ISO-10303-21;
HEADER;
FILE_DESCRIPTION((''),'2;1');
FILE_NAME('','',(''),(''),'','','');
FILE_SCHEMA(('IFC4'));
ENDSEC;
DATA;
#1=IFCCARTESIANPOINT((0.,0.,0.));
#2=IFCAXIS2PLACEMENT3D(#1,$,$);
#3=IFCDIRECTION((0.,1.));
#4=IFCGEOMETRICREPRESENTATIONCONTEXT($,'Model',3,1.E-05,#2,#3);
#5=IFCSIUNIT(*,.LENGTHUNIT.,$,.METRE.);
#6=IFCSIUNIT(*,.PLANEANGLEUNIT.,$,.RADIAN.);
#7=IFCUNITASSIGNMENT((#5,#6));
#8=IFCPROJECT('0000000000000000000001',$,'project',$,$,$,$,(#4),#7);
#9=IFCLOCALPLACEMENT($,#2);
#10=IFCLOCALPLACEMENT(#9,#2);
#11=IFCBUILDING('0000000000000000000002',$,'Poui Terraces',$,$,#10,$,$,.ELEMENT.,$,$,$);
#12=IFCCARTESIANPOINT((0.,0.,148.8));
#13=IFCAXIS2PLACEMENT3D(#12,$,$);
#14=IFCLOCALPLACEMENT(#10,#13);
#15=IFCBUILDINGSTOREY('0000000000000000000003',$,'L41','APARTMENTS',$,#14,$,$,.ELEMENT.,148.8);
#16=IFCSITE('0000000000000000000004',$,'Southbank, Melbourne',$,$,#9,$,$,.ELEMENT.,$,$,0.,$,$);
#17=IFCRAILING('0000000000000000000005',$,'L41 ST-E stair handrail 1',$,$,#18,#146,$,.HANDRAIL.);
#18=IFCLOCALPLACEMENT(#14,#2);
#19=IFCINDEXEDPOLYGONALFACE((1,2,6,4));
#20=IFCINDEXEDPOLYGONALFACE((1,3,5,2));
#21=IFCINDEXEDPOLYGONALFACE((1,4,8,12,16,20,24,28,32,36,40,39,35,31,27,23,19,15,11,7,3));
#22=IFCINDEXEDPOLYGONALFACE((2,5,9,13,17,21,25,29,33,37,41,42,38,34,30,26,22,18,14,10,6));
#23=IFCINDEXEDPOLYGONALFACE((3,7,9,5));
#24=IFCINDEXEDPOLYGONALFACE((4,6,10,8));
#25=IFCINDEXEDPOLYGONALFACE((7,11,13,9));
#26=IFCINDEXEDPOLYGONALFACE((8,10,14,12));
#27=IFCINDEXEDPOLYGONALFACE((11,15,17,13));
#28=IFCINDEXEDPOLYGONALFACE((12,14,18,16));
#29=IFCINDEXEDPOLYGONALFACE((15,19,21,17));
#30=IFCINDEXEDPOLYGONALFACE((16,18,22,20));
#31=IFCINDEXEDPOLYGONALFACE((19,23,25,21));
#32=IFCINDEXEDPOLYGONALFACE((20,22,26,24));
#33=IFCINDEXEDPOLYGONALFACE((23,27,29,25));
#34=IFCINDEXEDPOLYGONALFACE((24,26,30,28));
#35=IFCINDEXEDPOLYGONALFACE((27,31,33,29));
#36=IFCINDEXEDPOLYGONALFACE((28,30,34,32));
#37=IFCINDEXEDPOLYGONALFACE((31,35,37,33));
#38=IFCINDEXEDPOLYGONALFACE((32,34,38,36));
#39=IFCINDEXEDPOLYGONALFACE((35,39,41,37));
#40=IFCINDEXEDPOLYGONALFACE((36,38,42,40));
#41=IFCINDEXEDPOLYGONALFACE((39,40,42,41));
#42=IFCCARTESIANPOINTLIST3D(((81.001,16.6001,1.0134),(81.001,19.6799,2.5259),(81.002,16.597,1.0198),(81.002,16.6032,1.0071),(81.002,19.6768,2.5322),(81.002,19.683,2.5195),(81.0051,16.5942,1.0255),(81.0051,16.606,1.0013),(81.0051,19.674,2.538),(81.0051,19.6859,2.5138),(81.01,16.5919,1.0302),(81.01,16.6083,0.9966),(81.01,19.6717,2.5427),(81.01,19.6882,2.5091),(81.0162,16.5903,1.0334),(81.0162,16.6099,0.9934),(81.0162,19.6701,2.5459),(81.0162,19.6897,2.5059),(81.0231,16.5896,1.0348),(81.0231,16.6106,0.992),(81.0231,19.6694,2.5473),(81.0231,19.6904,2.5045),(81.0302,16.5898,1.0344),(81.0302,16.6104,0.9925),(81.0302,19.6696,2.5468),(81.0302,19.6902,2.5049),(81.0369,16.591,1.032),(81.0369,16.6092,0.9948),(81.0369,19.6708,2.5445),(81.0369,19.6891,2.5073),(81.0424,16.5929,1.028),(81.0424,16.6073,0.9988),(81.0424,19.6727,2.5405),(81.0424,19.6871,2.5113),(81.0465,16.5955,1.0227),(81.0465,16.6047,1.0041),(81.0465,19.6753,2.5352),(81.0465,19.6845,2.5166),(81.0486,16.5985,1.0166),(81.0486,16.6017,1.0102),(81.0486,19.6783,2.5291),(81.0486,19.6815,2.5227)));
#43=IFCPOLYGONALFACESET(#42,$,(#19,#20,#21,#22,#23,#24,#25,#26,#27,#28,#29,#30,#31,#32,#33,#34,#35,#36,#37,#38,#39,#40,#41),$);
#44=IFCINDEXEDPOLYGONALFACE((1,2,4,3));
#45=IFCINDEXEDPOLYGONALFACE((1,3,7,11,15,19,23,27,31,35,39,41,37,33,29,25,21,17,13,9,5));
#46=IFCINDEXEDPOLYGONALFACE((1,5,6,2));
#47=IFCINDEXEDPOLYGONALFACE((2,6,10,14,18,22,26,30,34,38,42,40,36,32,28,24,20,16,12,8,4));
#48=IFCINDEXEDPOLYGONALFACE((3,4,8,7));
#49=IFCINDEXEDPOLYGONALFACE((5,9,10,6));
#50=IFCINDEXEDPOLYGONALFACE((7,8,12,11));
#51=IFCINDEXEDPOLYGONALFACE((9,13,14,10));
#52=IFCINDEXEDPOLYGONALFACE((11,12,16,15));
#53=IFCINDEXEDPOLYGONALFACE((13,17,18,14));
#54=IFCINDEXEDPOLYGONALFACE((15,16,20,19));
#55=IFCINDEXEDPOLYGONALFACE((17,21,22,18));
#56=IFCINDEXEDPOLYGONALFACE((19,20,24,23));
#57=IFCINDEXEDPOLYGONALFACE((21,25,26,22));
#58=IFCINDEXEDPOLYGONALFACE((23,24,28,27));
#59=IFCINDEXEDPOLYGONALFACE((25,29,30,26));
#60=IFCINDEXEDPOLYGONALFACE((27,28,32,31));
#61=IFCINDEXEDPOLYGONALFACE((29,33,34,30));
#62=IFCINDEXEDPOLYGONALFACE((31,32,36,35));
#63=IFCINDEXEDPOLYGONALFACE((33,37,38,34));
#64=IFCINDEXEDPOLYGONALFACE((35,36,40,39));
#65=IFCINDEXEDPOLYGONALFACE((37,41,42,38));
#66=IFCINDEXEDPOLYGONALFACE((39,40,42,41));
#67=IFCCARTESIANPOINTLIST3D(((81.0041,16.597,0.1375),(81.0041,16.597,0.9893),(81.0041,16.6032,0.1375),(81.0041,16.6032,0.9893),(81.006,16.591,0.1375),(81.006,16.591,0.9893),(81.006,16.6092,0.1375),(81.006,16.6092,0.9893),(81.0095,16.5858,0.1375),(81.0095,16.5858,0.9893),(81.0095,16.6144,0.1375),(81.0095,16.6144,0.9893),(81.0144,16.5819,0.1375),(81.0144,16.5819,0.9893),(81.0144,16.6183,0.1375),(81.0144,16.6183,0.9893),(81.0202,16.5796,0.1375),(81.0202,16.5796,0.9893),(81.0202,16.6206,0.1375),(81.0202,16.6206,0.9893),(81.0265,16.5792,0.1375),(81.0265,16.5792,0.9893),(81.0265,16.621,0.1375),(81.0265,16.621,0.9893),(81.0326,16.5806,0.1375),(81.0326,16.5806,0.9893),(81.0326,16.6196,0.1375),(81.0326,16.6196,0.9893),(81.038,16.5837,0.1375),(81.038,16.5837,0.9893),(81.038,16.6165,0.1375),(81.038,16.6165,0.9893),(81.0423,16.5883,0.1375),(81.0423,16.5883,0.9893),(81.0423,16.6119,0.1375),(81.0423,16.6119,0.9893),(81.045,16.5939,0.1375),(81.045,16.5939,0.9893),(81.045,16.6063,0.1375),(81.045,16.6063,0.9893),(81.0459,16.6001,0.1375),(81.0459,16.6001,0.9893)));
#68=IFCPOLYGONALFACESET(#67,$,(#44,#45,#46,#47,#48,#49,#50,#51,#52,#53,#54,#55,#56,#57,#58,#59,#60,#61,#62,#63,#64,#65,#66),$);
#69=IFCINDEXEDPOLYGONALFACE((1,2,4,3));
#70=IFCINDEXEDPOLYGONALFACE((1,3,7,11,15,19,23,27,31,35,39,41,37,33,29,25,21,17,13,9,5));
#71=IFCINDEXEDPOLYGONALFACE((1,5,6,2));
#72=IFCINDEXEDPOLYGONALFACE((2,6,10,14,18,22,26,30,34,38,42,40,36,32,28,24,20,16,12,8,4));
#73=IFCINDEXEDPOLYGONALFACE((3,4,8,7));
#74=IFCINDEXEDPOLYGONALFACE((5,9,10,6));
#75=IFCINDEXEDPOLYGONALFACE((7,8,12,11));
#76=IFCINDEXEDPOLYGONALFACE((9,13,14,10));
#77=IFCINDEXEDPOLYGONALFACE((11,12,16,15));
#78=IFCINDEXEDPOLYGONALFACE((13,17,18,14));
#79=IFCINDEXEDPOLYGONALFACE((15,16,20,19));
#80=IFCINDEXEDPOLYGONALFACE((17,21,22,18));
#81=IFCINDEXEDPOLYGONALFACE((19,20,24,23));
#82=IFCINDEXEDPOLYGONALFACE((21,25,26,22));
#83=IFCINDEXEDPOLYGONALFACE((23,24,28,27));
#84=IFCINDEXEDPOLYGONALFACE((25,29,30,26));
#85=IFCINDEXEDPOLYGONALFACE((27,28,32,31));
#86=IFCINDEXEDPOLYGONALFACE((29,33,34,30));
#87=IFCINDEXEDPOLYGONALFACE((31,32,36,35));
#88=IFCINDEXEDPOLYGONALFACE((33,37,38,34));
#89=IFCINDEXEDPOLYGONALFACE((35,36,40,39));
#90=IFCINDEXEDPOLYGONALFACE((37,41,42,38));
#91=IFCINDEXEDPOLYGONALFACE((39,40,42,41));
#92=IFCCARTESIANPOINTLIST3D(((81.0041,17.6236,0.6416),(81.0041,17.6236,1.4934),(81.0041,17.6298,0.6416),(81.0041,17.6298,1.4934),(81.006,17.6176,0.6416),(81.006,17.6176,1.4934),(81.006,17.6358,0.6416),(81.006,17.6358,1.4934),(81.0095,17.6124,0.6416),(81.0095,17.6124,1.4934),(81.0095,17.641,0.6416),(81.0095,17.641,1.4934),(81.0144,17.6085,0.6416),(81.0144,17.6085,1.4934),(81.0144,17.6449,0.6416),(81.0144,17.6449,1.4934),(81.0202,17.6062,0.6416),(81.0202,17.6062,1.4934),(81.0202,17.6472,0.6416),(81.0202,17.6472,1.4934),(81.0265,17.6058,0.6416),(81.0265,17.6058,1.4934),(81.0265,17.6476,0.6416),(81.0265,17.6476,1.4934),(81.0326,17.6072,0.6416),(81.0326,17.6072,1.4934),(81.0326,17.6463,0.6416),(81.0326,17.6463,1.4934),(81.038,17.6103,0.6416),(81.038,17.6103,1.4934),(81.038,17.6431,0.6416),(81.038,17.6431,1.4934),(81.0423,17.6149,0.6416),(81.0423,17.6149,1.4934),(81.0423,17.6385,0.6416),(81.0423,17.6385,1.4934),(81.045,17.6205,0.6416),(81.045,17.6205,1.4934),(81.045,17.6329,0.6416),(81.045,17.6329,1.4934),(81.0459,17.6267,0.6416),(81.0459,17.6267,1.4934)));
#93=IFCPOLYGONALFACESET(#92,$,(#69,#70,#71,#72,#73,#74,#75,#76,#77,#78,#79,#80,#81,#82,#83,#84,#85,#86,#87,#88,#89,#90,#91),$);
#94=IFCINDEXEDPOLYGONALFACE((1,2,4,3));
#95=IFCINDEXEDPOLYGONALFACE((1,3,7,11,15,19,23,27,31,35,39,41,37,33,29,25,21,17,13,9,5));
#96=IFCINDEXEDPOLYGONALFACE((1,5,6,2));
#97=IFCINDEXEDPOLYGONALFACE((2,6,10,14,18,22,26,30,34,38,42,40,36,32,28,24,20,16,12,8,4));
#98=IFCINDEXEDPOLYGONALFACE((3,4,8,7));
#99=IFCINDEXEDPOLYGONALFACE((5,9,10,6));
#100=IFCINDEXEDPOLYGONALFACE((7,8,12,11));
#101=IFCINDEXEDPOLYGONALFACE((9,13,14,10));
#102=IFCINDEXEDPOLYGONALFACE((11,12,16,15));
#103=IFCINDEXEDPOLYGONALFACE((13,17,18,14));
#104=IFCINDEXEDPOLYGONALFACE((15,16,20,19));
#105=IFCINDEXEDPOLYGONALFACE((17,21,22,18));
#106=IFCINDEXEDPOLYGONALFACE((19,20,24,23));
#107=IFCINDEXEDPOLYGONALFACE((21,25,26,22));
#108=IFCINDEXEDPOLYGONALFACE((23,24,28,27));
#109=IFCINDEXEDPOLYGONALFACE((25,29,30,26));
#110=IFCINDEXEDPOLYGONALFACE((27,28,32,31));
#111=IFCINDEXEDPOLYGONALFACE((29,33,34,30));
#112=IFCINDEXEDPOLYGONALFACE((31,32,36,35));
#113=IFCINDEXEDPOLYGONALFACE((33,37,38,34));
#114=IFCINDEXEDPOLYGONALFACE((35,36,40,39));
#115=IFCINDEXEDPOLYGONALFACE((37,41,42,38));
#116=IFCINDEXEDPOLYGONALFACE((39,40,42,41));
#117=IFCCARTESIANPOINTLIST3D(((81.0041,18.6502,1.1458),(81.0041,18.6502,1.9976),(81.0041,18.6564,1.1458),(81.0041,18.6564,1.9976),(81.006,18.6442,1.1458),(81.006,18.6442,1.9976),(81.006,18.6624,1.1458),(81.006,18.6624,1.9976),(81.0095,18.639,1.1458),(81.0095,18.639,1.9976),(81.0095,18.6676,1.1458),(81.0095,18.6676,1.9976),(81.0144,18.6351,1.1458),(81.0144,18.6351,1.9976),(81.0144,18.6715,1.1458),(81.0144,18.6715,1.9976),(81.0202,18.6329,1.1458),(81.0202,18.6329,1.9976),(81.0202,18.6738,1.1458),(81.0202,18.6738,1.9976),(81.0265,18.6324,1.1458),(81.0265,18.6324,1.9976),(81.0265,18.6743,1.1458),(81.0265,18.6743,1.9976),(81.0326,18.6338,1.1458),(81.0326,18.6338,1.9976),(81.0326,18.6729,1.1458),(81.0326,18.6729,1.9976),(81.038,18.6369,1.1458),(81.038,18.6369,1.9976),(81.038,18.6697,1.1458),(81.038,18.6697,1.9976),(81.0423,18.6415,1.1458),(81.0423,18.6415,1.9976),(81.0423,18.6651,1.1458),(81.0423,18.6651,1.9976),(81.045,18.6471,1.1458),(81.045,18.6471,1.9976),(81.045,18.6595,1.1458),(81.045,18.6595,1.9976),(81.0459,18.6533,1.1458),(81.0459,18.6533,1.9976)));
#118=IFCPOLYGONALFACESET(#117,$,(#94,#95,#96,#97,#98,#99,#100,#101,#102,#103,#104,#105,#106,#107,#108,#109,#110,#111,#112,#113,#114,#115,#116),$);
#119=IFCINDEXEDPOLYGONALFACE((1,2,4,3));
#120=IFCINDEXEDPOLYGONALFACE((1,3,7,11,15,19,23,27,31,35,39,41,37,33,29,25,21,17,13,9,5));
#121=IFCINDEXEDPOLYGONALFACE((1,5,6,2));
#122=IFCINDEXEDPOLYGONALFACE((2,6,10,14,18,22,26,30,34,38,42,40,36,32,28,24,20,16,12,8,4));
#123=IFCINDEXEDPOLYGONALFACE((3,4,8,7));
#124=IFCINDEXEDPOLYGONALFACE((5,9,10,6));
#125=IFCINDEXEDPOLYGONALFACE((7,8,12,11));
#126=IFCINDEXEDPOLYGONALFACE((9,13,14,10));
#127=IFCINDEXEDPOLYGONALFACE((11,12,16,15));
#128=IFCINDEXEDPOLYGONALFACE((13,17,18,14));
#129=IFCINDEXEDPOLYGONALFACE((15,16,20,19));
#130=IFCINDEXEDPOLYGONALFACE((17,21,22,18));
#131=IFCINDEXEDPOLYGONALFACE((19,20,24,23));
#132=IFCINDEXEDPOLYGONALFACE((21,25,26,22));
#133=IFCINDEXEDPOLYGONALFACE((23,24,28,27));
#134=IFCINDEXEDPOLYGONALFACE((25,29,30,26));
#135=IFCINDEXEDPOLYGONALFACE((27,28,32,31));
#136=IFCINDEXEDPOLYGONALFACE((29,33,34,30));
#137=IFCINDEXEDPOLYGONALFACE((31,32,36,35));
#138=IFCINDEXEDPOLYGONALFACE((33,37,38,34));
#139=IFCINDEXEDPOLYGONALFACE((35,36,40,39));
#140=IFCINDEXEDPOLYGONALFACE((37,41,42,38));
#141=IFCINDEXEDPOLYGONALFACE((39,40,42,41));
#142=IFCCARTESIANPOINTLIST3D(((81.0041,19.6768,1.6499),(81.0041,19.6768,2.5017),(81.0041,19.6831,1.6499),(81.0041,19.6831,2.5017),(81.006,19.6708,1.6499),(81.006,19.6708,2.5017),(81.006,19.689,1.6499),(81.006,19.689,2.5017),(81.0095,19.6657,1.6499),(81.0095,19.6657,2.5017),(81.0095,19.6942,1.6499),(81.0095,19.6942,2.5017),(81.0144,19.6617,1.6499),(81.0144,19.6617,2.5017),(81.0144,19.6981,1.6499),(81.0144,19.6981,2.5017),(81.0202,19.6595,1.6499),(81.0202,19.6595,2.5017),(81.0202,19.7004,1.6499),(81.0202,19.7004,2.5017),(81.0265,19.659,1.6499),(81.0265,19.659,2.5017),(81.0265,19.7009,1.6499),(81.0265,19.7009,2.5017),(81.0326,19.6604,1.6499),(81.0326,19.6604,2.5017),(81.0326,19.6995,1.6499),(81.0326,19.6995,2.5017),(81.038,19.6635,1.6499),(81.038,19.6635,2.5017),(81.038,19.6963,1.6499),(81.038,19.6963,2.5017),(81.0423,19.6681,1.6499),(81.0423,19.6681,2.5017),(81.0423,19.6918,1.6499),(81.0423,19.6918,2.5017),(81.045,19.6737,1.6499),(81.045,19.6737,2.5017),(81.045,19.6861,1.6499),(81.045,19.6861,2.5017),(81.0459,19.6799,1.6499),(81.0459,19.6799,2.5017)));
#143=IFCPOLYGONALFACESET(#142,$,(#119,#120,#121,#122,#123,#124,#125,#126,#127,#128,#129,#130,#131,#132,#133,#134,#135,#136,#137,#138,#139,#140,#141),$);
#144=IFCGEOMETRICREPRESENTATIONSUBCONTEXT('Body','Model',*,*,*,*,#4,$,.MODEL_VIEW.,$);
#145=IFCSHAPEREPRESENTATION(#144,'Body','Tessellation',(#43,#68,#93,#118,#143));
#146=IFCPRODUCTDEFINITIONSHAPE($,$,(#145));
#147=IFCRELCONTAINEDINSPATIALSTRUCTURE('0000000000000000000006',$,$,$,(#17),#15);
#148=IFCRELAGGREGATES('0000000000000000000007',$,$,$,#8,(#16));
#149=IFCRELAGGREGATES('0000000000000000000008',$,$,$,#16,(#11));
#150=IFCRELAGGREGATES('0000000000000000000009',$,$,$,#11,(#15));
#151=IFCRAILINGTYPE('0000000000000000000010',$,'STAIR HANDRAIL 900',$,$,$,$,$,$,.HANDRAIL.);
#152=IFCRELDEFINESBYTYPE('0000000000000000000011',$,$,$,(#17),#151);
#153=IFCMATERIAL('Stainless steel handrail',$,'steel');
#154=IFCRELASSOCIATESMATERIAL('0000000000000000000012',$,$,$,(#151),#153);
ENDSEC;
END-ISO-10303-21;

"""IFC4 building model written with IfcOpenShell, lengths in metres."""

from ifc_helpers import new_model, si_unit, direction, frame, origin, origin_2d, place, context, subcontext, project, spatial, circle, extrude, material, type_object, element, save


model = new_model("IFC4")

# Units and contexts
model_context = context("Model", 3, precision=1e-05, world=origin(), true_north=direction((0.0, 1.0)))
body_context = subcontext(model_context, "Body", "Model", "MODEL_VIEW")
ifc_project = project(units=[si_unit("LENGTHUNIT", "METRE"), si_unit("PLANEANGLEUNIT", "RADIAN")], contexts=[model_context])

# Site, building, storey
site_placement = place(None, origin())
site = spatial("IfcSite", under=ifc_project, at=site_placement, Name="Southbank, Melbourne", CompositionType="ELEMENT", RefElevation=0.0)
building_placement = place(site_placement, origin())
building = spatial("IfcBuilding", under=site, at=building_placement, Name="Poui Terraces", CompositionType="ELEMENT")
storey_placement = place(building_placement, frame((0.0, 0.0, 148.8)))
storey = spatial("IfcBuildingStorey", under=building, at=storey_placement, Name="L41", Description="APARTMENTS", CompositionType="ELEMENT", Elevation=148.8)

# Railing
ifc_material_1 = material(Name="Stainless steel handrail", Category="steel")
railing_type_1 = type_object("IfcRailingType", Name="STAIR HANDRAIL 900", PredefinedType="HANDRAIL", material=ifc_material_1)
railing_1_placement = place(storey_placement, frame((81.0249, 16.6001, 0.1375)))
element("IfcRailing", 1, at=railing_1_placement, inside=storey, type_object=railing_type_1, Name="L41 ST-E stair handrail 1", PredefinedType="HANDRAIL", context=body_context, shape_type="SweptSolid", body=[
    extrude(circle(Radius=0.0239, at=origin_2d()), frame((0.0, 0.0, 0.876), z_axis=(0.0, 0.897606, 0.440798), x_axis=(-1.0, 0.0, 0.0)), (0.0, 0.0, 1.0), 3.4312),
    extrude(circle(Radius=0.021, at=origin_2d()), origin(), (0.0, 0.0, 1.0), 0.8518),
    extrude(circle(Radius=0.021, at=origin_2d()), frame((0.0, 1.0266, 0.5042)), (0.0, 0.0, 1.0), 0.8518),
    extrude(circle(Radius=0.021, at=origin_2d()), frame((0.0, 2.0532, 1.0083)), (0.0, 0.0, 1.0), 0.8518),
    extrude(circle(Radius=0.021, at=origin_2d()), frame((0.0, 3.0798, 1.5125)), (0.0, 0.0, 1.0), 0.8518),
])

save(model, "model.ifc")
